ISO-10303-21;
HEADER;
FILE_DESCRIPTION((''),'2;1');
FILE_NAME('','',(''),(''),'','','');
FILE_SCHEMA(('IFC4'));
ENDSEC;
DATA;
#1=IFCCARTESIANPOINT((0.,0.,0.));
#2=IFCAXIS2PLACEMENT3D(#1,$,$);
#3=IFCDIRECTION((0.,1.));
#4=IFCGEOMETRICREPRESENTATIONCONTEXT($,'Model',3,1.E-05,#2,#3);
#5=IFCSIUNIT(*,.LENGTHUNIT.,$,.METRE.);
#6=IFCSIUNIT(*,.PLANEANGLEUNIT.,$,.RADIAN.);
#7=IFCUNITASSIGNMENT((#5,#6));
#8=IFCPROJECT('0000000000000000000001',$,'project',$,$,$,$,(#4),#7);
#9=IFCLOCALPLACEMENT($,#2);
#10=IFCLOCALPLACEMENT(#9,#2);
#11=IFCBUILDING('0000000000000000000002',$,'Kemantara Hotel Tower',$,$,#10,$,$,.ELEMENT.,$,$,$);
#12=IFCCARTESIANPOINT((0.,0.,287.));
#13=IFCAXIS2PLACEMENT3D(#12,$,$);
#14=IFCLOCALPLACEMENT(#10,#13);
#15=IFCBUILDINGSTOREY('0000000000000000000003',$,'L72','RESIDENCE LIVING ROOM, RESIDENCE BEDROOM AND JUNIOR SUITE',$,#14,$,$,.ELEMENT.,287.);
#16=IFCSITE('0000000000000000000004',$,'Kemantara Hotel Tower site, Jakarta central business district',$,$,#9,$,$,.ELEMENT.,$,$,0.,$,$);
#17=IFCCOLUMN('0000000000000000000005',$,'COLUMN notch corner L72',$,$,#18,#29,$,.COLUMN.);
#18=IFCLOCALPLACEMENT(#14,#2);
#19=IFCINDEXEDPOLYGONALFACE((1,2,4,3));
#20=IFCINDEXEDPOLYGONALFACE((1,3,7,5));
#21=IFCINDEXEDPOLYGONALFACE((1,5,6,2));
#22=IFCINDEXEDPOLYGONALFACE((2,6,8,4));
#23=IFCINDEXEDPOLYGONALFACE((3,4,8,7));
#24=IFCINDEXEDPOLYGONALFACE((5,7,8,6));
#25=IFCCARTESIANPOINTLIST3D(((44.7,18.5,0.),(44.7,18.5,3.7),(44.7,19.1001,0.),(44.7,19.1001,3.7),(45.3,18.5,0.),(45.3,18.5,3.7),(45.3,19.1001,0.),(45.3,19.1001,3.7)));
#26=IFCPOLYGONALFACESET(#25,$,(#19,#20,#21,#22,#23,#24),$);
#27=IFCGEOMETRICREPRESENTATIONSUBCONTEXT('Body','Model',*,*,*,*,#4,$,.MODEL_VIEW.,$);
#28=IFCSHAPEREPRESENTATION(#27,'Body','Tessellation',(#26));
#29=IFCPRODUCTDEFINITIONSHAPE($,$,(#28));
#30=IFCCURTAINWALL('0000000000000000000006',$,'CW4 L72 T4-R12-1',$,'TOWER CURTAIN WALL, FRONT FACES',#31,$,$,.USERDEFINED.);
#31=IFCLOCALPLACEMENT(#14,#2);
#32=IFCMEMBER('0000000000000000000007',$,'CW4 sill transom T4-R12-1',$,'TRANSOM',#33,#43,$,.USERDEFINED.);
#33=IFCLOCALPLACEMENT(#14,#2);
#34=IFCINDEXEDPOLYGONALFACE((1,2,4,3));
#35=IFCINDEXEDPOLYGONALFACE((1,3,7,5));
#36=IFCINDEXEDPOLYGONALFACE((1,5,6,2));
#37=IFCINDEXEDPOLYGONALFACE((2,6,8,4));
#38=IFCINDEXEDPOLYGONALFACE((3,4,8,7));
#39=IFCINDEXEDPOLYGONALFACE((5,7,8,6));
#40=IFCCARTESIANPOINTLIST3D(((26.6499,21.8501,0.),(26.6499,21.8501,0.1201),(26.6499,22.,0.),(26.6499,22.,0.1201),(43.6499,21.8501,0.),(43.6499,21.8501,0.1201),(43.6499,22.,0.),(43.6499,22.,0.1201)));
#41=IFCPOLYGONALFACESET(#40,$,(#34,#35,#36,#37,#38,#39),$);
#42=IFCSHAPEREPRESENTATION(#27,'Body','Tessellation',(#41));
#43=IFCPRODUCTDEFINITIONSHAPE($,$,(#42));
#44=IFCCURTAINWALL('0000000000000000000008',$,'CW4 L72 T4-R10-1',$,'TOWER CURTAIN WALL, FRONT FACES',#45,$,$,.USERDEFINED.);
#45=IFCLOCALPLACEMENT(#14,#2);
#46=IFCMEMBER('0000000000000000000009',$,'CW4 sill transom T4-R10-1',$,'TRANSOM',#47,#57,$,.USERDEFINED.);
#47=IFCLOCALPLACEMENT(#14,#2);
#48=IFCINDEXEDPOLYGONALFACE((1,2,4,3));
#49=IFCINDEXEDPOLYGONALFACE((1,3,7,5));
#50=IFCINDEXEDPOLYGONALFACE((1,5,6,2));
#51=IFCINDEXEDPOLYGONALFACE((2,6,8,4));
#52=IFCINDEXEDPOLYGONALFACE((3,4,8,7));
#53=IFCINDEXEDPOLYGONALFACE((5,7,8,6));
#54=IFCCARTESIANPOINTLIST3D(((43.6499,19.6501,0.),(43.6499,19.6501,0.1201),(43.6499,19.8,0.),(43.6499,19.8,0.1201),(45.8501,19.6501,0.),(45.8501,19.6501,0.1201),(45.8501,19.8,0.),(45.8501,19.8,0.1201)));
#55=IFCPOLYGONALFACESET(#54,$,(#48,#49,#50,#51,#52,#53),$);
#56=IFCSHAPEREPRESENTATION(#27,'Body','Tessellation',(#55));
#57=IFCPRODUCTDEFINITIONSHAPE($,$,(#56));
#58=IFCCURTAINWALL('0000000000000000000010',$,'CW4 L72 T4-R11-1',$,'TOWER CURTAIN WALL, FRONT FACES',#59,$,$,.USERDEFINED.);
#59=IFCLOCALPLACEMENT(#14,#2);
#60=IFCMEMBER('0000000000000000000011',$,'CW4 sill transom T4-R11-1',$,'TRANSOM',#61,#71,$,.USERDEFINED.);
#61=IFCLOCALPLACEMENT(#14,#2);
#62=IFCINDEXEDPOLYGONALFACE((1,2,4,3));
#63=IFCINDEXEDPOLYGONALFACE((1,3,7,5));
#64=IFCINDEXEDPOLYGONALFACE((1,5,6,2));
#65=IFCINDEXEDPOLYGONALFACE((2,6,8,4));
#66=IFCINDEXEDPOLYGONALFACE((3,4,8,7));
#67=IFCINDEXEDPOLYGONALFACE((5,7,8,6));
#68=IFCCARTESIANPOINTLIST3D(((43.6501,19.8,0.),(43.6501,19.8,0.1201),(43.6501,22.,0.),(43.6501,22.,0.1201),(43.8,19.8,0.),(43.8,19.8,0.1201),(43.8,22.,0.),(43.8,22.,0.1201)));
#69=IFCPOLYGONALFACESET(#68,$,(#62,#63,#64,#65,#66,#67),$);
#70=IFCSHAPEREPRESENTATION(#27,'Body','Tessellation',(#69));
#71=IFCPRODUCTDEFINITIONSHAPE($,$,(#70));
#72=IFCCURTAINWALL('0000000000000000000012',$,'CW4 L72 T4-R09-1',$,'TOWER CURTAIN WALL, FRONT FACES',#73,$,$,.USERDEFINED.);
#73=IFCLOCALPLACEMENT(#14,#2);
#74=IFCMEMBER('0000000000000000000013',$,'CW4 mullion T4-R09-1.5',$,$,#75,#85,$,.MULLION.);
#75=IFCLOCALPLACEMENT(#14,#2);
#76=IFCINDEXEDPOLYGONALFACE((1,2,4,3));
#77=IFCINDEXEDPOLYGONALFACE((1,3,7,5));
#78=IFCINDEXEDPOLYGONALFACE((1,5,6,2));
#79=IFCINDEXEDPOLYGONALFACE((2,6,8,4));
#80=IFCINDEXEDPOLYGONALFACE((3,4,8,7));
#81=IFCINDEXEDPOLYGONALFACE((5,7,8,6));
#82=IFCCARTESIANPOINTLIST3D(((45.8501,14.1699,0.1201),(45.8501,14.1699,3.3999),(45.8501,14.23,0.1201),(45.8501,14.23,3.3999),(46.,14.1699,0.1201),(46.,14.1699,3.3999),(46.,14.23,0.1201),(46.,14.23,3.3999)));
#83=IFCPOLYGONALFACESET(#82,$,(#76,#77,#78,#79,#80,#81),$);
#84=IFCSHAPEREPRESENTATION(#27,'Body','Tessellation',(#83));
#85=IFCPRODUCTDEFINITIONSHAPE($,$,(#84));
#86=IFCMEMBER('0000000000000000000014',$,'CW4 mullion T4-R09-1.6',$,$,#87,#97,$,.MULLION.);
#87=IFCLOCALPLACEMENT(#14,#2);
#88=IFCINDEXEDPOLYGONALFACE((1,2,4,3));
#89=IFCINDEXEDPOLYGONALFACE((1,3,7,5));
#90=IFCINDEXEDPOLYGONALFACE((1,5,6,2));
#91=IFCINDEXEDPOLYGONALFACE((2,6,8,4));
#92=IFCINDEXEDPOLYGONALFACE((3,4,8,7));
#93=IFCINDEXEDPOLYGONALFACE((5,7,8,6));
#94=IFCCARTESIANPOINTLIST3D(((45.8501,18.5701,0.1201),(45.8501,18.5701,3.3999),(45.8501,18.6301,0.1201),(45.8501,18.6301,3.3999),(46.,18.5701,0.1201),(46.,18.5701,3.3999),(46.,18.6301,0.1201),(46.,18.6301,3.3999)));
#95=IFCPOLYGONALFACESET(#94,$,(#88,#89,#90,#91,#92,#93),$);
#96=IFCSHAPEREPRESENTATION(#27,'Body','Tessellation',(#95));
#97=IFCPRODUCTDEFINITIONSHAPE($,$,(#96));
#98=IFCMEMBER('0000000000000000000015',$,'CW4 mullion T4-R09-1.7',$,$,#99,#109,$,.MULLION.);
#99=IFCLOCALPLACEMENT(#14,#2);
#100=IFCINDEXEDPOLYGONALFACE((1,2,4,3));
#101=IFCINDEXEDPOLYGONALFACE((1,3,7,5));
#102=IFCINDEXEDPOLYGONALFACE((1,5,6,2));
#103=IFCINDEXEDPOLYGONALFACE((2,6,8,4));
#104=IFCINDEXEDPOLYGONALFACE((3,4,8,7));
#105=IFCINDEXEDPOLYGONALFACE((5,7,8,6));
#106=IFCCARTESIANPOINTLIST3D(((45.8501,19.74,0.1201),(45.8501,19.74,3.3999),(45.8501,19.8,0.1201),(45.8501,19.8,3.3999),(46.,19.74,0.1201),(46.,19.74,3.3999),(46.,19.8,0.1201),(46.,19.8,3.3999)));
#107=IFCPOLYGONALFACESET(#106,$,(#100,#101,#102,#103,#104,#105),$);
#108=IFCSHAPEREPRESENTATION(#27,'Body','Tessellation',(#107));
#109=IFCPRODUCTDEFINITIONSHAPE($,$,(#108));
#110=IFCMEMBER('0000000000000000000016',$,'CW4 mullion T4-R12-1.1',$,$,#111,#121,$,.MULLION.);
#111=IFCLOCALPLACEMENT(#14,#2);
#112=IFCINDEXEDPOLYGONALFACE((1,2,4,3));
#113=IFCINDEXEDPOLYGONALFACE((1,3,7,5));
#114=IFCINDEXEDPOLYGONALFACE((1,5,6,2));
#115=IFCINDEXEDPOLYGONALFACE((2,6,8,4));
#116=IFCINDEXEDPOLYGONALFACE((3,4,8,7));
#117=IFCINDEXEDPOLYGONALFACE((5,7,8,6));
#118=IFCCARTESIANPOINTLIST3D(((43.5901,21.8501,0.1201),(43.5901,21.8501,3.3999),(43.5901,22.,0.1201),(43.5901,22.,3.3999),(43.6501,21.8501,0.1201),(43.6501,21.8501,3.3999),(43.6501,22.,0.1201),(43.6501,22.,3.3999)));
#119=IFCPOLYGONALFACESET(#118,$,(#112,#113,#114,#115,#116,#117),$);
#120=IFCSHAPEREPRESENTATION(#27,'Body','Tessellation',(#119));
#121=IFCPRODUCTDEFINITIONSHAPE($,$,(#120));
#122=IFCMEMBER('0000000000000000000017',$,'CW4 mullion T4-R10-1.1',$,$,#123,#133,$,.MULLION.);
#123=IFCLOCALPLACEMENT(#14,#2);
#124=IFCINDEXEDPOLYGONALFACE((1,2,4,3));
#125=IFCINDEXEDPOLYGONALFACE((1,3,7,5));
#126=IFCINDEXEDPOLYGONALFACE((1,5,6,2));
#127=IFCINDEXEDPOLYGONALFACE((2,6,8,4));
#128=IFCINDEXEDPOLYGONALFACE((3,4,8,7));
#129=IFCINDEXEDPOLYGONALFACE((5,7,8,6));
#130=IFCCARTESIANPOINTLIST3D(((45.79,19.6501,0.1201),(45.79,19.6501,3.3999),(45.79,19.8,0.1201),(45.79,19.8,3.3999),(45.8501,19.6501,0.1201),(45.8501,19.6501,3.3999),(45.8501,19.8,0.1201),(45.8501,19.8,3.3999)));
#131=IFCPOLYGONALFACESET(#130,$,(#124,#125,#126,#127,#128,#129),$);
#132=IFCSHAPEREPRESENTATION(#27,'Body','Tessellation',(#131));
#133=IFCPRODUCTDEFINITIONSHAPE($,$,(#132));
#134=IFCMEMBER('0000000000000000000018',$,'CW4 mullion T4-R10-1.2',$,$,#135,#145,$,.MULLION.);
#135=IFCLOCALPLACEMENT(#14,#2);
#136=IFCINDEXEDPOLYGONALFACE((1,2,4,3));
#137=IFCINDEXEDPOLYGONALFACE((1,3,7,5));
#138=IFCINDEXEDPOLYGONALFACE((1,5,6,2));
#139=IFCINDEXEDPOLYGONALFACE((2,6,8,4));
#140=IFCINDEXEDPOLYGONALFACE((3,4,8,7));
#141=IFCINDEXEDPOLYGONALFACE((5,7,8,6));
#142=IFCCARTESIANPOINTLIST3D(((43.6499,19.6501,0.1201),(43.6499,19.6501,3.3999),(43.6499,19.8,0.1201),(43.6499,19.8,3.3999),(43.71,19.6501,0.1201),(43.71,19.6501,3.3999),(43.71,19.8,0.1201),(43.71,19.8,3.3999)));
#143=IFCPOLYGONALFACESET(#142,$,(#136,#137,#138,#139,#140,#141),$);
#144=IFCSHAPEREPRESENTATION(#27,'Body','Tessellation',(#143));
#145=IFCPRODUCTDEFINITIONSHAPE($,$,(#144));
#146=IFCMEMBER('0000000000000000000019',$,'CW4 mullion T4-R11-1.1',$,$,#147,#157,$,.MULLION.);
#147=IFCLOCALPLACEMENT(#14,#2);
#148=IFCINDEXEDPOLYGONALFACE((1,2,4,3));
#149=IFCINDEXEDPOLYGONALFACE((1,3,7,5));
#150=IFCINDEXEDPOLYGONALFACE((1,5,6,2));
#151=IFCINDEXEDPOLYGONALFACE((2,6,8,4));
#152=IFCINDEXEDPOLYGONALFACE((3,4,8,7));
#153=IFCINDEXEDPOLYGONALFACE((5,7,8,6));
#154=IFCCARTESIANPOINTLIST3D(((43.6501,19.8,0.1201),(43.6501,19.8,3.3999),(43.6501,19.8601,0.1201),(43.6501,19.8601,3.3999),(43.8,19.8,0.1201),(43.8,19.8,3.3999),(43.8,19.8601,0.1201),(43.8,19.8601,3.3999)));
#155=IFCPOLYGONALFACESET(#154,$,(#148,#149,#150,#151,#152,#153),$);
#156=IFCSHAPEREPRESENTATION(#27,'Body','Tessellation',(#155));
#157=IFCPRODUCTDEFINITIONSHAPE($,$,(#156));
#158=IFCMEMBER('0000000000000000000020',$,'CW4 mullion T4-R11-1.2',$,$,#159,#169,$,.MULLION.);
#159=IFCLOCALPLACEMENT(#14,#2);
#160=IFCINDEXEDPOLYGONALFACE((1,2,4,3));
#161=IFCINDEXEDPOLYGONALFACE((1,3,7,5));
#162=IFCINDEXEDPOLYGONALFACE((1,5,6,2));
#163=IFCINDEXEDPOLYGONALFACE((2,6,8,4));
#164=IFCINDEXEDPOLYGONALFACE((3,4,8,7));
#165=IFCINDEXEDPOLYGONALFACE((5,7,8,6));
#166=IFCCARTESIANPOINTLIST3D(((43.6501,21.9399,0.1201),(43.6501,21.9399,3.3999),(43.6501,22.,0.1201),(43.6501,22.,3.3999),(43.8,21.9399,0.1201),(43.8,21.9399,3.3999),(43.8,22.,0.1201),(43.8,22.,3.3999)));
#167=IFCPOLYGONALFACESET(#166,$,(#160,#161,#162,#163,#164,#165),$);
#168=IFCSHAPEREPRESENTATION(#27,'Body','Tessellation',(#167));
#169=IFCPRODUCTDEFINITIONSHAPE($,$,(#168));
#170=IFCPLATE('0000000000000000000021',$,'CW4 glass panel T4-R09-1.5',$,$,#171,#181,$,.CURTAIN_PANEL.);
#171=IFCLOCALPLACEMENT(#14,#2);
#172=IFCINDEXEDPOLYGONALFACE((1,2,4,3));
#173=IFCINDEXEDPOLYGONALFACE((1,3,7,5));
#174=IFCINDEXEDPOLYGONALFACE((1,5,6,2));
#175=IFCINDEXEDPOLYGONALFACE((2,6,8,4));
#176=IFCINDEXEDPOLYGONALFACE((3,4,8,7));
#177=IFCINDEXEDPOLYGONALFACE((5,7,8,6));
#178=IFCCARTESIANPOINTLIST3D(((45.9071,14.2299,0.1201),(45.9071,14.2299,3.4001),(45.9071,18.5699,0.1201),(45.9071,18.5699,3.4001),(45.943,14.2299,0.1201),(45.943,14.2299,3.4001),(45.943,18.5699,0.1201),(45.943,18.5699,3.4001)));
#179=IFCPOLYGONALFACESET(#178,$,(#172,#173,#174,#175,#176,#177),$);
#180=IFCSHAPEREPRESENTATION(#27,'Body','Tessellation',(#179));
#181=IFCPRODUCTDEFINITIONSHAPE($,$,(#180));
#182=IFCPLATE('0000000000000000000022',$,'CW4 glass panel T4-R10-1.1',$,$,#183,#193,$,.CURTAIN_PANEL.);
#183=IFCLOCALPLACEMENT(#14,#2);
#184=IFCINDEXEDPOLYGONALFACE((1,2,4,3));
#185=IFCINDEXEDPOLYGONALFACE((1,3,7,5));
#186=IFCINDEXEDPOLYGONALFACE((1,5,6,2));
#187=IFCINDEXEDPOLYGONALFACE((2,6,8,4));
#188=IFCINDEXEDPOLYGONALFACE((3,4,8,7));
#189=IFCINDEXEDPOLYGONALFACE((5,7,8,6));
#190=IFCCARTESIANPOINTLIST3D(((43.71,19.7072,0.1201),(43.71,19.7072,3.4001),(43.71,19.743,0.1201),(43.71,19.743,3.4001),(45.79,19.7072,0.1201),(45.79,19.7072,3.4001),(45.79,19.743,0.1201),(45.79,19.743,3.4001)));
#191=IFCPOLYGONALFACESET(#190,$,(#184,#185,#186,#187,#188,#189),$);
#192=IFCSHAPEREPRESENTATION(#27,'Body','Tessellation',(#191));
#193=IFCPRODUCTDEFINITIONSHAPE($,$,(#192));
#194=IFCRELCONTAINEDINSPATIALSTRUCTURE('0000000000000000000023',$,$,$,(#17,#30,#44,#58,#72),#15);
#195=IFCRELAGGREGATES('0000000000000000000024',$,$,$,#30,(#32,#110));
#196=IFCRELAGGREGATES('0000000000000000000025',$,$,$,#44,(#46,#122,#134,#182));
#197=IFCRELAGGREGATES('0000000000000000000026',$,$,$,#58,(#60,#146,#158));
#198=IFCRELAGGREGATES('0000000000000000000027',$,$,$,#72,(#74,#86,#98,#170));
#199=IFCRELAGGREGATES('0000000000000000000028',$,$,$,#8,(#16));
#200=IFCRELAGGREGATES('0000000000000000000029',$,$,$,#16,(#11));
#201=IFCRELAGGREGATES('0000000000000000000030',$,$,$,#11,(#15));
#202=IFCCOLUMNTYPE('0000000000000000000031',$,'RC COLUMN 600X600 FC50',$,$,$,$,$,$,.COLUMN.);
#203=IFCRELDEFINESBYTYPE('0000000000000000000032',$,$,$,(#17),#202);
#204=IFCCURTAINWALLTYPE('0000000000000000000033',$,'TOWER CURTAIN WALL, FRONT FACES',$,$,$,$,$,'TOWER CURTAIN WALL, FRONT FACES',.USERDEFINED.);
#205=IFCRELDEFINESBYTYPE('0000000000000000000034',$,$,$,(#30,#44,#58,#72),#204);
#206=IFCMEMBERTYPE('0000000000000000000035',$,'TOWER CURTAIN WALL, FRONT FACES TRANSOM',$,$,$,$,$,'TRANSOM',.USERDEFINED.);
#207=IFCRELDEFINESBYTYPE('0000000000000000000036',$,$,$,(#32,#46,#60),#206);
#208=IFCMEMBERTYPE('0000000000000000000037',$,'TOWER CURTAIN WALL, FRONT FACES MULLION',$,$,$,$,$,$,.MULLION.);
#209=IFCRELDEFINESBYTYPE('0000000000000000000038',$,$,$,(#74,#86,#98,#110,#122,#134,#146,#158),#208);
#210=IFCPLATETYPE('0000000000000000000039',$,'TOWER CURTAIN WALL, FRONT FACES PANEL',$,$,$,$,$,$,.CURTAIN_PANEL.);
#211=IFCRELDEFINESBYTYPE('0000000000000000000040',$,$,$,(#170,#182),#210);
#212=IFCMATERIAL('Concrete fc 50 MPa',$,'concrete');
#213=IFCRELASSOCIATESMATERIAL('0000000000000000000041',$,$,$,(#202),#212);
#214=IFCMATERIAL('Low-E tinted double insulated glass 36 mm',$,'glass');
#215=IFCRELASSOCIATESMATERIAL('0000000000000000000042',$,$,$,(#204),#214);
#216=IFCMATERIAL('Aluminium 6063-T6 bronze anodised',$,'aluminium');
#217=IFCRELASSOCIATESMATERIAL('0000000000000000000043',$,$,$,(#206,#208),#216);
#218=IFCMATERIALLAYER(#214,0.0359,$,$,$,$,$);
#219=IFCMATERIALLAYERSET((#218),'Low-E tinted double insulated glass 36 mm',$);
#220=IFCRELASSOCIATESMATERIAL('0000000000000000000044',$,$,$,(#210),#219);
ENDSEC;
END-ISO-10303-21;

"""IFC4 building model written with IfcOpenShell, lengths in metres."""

from ifc_helpers import new_model, si_unit, direction, frame, origin, origin_2d, place, context, subcontext, project, spatial, rectangle, extrude, source, transform, mapped, material, layer, layer_set, material_profile, profile_set, type_object, element, aggregate, save


model = new_model("IFC4")

# Units and contexts
model_context = context("Model", 3, precision=1e-05, world=origin(), true_north=direction((0.0, 1.0)))
body_context = subcontext(model_context, "Body", "Model", "MODEL_VIEW")
ifc_project = project(units=[si_unit("LENGTHUNIT", "METRE"), si_unit("PLANEANGLEUNIT", "RADIAN")], contexts=[model_context])

# Site, building, storey
site_placement = place(None, origin())
site = spatial("IfcSite", under=ifc_project, at=site_placement, Name="Kemantara Hotel Tower site, Jakarta central business district", CompositionType="ELEMENT", RefElevation=0.0)
building_placement = place(site_placement, origin())
building = spatial("IfcBuilding", under=site, at=building_placement, Name="Kemantara Hotel Tower", CompositionType="ELEMENT")
storey_placement = place(building_placement, frame((0.0, 0.0, 287.0)))
storey = spatial("IfcBuildingStorey", under=building, at=storey_placement, Name="L72", Description="RESIDENCE LIVING ROOM, RESIDENCE BEDROOM AND JUNIOR SUITE", CompositionType="ELEMENT", Elevation=287.0)

# Column
ifc_material_1 = material(Name="Concrete fc 50 MPa", Category="concrete")
ifc_material_profile_1 = material_profile(ifc_material_1, rectangle(XDim=0.6001, YDim=0.6001, at=origin_2d()), Name="RC 600X600")
ifc_profile_set_1 = profile_set([ifc_material_profile_1], Name="Concrete fc 50 MPa")
column_type = type_object("IfcColumnType", Name="RC COLUMN 600X600 FC50", PredefinedType="COLUMN", material=ifc_profile_set_1)
column_placement = place(storey_placement, frame((45.0, 18.8, 0.0), z_axis=(0.0, 0.0, 1.0), x_axis=(1.0, 0.0, 0.0)))
element("IfcColumn", 1, at=column_placement, inside=storey, type_object=column_type, Name="COLUMN notch corner L72", PredefinedType="COLUMN", context=body_context, shape_type="SweptSolid", body=[
    extrude(rectangle(XDim=0.6001, YDim=0.6001, at=origin_2d()), origin(), (0.0, 0.0, 1.0), 3.7),
])

# Curtain walls, members
ifc_material_2 = material(Name="Low-E tinted double insulated glass 36 mm", Category="glass")
curtain_wall_type = type_object("IfcCurtainWallType", Name="TOWER CURTAIN WALL, FRONT FACES", ElementType="TOWER CURTAIN WALL, FRONT FACES", PredefinedType="USERDEFINED", material=ifc_material_2)
curtain_wall_1_placement = place(storey_placement, origin())
curtain_wall_1 = element("IfcCurtainWall", 2, at=curtain_wall_1_placement, inside=storey, type_object=curtain_wall_type, Name="CW4 L72 T4-R12-1", ObjectType="TOWER CURTAIN WALL, FRONT FACES", PredefinedType="USERDEFINED")
ifc_material_3 = material(Name="Aluminium 6063-T6 bronze anodised", Category="aluminium")
ifc_material_profile_2 = material_profile(ifc_material_3, rectangle(XDim=0.1499, YDim=0.1201, at=origin_2d()), Name="TOWER CURTAIN WALL, FRONT FACES TRANSOM")
ifc_profile_set_2 = profile_set([ifc_material_profile_2], Name="Aluminium 6063-T6 bronze anodised")
member_type_1 = type_object("IfcMemberType", Name="TOWER CURTAIN WALL, FRONT FACES TRANSOM", ElementType="TRANSOM", PredefinedType="USERDEFINED", material=ifc_profile_set_2)
member_1_placement = place(storey_placement, frame((43.6499, 21.925, 0.0601), z_axis=(-1.0, 0.0, 0.0), x_axis=(0.0, -1.0, 0.0)))
member_1 = element("IfcMember", 3, at=member_1_placement, type_object=member_type_1, Name="CW4 sill transom T4-R12-1", ObjectType="TRANSOM", PredefinedType="USERDEFINED", context=body_context, shape_type="SweptSolid", body=[
    extrude(rectangle(XDim=0.1499, YDim=0.1201, at=origin_2d()), origin(), (0.0, 0.0, 1.0), 17.0),
])
curtain_wall_2_placement = place(storey_placement, origin())
curtain_wall_2 = element("IfcCurtainWall", 4, at=curtain_wall_2_placement, inside=storey, type_object=curtain_wall_type, Name="CW4 L72 T4-R10-1", ObjectType="TOWER CURTAIN WALL, FRONT FACES", PredefinedType="USERDEFINED")
member_2_placement = place(storey_placement, frame((45.8501, 19.7251, 0.0601), z_axis=(-1.0, 0.0, 0.0), x_axis=(0.0, -1.0, 0.0)))
member_2 = element("IfcMember", 5, at=member_2_placement, type_object=member_type_1, Name="CW4 sill transom T4-R10-1", ObjectType="TRANSOM", PredefinedType="USERDEFINED", context=body_context, shape_type="SweptSolid", body=[
    extrude(rectangle(XDim=0.1499, YDim=0.1201, at=origin_2d()), origin(), (0.0, 0.0, 1.0), 2.2002),
])
curtain_wall_3_placement = place(storey_placement, origin())
curtain_wall_3 = element("IfcCurtainWall", 6, at=curtain_wall_3_placement, inside=storey, type_object=curtain_wall_type, Name="CW4 L72 T4-R11-1", ObjectType="TOWER CURTAIN WALL, FRONT FACES", PredefinedType="USERDEFINED")
member_3_placement = place(storey_placement, frame((43.7251, 19.8, 0.0601), z_axis=(0.0, 1.0, 0.0), x_axis=(-1.0, 0.0, 0.0)))
member_3 = element("IfcMember", 7, at=member_3_placement, type_object=member_type_1, Name="CW4 sill transom T4-R11-1", ObjectType="TRANSOM", PredefinedType="USERDEFINED", context=body_context, shape_type="SweptSolid", body=[
    extrude(rectangle(XDim=0.1499, YDim=0.1201, at=origin_2d()), origin(), (0.0, 0.0, 1.0), 2.2),
])

# Curtain wall, members
curtain_wall_4_placement = place(storey_placement, origin())
curtain_wall_4 = element("IfcCurtainWall", 8, at=curtain_wall_4_placement, inside=storey, type_object=curtain_wall_type, Name="CW4 L72 T4-R09-1", ObjectType="TOWER CURTAIN WALL, FRONT FACES", PredefinedType="USERDEFINED")
ifc_material_profile_3 = material_profile(ifc_material_3, rectangle(XDim=0.1499, YDim=0.0601, at=origin_2d()), Name="TOWER CURTAIN WALL, FRONT FACES MULLION")
ifc_profile_set_3 = profile_set([ifc_material_profile_3], Name="Aluminium 6063-T6 bronze anodised")
member_type_2 = type_object("IfcMemberType", Name="TOWER CURTAIN WALL, FRONT FACES MULLION", PredefinedType="MULLION", material=ifc_profile_set_3)
shared_shape_1 = source(origin(), body_context, "Body", "SweptSolid", [
    extrude(rectangle(XDim=0.1499, YDim=0.0601, at=origin_2d()), origin(), (0.0, 0.0, 1.0), 3.2798),
])
member_4_placement = place(storey_placement, frame((45.925, 14.2, 0.1201), z_axis=(0.0, 0.0, 1.0), x_axis=(-1.0, 0.0, 0.0)))
member_4 = element("IfcMember", 9, at=member_4_placement, type_object=member_type_2, Name="CW4 mullion T4-R09-1.5", PredefinedType="MULLION", context=body_context, shape_type="MappedRepresentation", body=[
    mapped(shared_shape_1, transform((0.0, 0.0, 0.0))),
])
member_5_placement = place(storey_placement, frame((45.925, 18.6001, 0.1201), z_axis=(0.0, 0.0, 1.0), x_axis=(-1.0, 0.0, 0.0)))
member_5 = element("IfcMember", 10, at=member_5_placement, type_object=member_type_2, Name="CW4 mullion T4-R09-1.6", PredefinedType="MULLION", context=body_context, shape_type="MappedRepresentation", body=[
    mapped(shared_shape_1, transform((0.0, 0.0, 0.0))),
])
member_6_placement = place(storey_placement, frame((45.925, 19.77, 0.1201), z_axis=(0.0, 0.0, 1.0), x_axis=(-1.0, 0.0, 0.0)))
member_6 = element("IfcMember", 11, at=member_6_placement, type_object=member_type_2, Name="CW4 mullion T4-R09-1.7", PredefinedType="MULLION", context=body_context, shape_type="MappedRepresentation", body=[
    mapped(shared_shape_1, transform((0.0, 0.0, 0.0))),
])

# Members
member_7_placement = place(storey_placement, frame((43.6201, 21.925, 0.1201), z_axis=(0.0, 0.0, 1.0), x_axis=(0.0, -1.0, 0.0)))
member_7 = element("IfcMember", 12, at=member_7_placement, type_object=member_type_2, Name="CW4 mullion T4-R12-1.1", PredefinedType="MULLION", context=body_context, shape_type="MappedRepresentation", body=[
    mapped(shared_shape_1, transform((0.0, 0.0, 0.0))),
])
aggregate(curtain_wall_1, [member_1, member_7])
member_8_placement = place(storey_placement, frame((45.8201, 19.7251, 0.1201), z_axis=(0.0, 0.0, 1.0), x_axis=(0.0, -1.0, 0.0)))
member_8 = element("IfcMember", 13, at=member_8_placement, type_object=member_type_2, Name="CW4 mullion T4-R10-1.1", PredefinedType="MULLION", context=body_context, shape_type="MappedRepresentation", body=[
    mapped(shared_shape_1, transform((0.0, 0.0, 0.0))),
])
member_9_placement = place(storey_placement, frame((43.6799, 19.7251, 0.1201), z_axis=(0.0, 0.0, 1.0), x_axis=(0.0, -1.0, 0.0)))
member_9 = element("IfcMember", 14, at=member_9_placement, type_object=member_type_2, Name="CW4 mullion T4-R10-1.2", PredefinedType="MULLION", context=body_context, shape_type="MappedRepresentation", body=[
    mapped(shared_shape_1, transform((0.0, 0.0, 0.0))),
])
member_10_placement = place(storey_placement, frame((43.7251, 19.8301, 0.1201), z_axis=(0.0, 0.0, 1.0), x_axis=(-1.0, 0.0, 0.0)))
member_10 = element("IfcMember", 15, at=member_10_placement, type_object=member_type_2, Name="CW4 mullion T4-R11-1.1", PredefinedType="MULLION", context=body_context, shape_type="MappedRepresentation", body=[
    mapped(shared_shape_1, transform((0.0, 0.0, 0.0))),
])
member_11_placement = place(storey_placement, frame((43.7251, 21.97, 0.1201), z_axis=(0.0, 0.0, 1.0), x_axis=(-1.0, 0.0, 0.0)))
member_11 = element("IfcMember", 16, at=member_11_placement, type_object=member_type_2, Name="CW4 mullion T4-R11-1.2", PredefinedType="MULLION", context=body_context, shape_type="MappedRepresentation", body=[
    mapped(shared_shape_1, transform((0.0, 0.0, 0.0))),
])

# Plates
ifc_layer_1 = layer(ifc_material_2, 0.0359)
ifc_layer_set_1 = layer_set([ifc_layer_1], Name="Low-E tinted double insulated glass 36 mm")
plate_type = type_object("IfcPlateType", Name="TOWER CURTAIN WALL, FRONT FACES PANEL", PredefinedType="CURTAIN_PANEL", material=ifc_layer_set_1)
shared_shape_2 = source(origin(), body_context, "Body", "SweptSolid", [
    extrude(rectangle(XDim=4.3401, YDim=0.0359, at=origin_2d()), origin(), (0.0, 0.0, 1.0), 3.28),
])
plate_1_placement = place(storey_placement, frame((45.925, 16.3999, 0.1201), z_axis=(0.0, 0.0, 1.0), x_axis=(0.0, 1.0, 0.0)))
plate_1 = element("IfcPlate", 17, at=plate_1_placement, type_object=plate_type, Name="CW4 glass panel T4-R09-1.5", PredefinedType="CURTAIN_PANEL", context=body_context, shape_type="MappedRepresentation", body=[
    mapped(shared_shape_2, transform((0.0, 0.0, 0.0))),
])
shared_shape_3 = source(origin(), body_context, "Body", "SweptSolid", [
    extrude(rectangle(XDim=2.0801, YDim=0.0359, at=origin_2d()), origin(), (0.0, 0.0, 1.0), 3.28),
])
plate_2_placement = place(storey_placement, frame((44.75, 19.7251, 0.1201), z_axis=(0.0, 0.0, 1.0), x_axis=(-1.0, 0.0, 0.0)))
plate_2 = element("IfcPlate", 18, at=plate_2_placement, type_object=plate_type, Name="CW4 glass panel T4-R10-1.1", PredefinedType="CURTAIN_PANEL", context=body_context, shape_type="MappedRepresentation", body=[
    mapped(shared_shape_3, transform((0.0, 0.0, 0.0))),
])
aggregate(curtain_wall_2, [member_2, member_8, member_9, plate_2])
aggregate(curtain_wall_3, [member_3, member_10, member_11])
aggregate(curtain_wall_4, [member_4, member_5, member_6, plate_1])

save(model, "model.ifc")
